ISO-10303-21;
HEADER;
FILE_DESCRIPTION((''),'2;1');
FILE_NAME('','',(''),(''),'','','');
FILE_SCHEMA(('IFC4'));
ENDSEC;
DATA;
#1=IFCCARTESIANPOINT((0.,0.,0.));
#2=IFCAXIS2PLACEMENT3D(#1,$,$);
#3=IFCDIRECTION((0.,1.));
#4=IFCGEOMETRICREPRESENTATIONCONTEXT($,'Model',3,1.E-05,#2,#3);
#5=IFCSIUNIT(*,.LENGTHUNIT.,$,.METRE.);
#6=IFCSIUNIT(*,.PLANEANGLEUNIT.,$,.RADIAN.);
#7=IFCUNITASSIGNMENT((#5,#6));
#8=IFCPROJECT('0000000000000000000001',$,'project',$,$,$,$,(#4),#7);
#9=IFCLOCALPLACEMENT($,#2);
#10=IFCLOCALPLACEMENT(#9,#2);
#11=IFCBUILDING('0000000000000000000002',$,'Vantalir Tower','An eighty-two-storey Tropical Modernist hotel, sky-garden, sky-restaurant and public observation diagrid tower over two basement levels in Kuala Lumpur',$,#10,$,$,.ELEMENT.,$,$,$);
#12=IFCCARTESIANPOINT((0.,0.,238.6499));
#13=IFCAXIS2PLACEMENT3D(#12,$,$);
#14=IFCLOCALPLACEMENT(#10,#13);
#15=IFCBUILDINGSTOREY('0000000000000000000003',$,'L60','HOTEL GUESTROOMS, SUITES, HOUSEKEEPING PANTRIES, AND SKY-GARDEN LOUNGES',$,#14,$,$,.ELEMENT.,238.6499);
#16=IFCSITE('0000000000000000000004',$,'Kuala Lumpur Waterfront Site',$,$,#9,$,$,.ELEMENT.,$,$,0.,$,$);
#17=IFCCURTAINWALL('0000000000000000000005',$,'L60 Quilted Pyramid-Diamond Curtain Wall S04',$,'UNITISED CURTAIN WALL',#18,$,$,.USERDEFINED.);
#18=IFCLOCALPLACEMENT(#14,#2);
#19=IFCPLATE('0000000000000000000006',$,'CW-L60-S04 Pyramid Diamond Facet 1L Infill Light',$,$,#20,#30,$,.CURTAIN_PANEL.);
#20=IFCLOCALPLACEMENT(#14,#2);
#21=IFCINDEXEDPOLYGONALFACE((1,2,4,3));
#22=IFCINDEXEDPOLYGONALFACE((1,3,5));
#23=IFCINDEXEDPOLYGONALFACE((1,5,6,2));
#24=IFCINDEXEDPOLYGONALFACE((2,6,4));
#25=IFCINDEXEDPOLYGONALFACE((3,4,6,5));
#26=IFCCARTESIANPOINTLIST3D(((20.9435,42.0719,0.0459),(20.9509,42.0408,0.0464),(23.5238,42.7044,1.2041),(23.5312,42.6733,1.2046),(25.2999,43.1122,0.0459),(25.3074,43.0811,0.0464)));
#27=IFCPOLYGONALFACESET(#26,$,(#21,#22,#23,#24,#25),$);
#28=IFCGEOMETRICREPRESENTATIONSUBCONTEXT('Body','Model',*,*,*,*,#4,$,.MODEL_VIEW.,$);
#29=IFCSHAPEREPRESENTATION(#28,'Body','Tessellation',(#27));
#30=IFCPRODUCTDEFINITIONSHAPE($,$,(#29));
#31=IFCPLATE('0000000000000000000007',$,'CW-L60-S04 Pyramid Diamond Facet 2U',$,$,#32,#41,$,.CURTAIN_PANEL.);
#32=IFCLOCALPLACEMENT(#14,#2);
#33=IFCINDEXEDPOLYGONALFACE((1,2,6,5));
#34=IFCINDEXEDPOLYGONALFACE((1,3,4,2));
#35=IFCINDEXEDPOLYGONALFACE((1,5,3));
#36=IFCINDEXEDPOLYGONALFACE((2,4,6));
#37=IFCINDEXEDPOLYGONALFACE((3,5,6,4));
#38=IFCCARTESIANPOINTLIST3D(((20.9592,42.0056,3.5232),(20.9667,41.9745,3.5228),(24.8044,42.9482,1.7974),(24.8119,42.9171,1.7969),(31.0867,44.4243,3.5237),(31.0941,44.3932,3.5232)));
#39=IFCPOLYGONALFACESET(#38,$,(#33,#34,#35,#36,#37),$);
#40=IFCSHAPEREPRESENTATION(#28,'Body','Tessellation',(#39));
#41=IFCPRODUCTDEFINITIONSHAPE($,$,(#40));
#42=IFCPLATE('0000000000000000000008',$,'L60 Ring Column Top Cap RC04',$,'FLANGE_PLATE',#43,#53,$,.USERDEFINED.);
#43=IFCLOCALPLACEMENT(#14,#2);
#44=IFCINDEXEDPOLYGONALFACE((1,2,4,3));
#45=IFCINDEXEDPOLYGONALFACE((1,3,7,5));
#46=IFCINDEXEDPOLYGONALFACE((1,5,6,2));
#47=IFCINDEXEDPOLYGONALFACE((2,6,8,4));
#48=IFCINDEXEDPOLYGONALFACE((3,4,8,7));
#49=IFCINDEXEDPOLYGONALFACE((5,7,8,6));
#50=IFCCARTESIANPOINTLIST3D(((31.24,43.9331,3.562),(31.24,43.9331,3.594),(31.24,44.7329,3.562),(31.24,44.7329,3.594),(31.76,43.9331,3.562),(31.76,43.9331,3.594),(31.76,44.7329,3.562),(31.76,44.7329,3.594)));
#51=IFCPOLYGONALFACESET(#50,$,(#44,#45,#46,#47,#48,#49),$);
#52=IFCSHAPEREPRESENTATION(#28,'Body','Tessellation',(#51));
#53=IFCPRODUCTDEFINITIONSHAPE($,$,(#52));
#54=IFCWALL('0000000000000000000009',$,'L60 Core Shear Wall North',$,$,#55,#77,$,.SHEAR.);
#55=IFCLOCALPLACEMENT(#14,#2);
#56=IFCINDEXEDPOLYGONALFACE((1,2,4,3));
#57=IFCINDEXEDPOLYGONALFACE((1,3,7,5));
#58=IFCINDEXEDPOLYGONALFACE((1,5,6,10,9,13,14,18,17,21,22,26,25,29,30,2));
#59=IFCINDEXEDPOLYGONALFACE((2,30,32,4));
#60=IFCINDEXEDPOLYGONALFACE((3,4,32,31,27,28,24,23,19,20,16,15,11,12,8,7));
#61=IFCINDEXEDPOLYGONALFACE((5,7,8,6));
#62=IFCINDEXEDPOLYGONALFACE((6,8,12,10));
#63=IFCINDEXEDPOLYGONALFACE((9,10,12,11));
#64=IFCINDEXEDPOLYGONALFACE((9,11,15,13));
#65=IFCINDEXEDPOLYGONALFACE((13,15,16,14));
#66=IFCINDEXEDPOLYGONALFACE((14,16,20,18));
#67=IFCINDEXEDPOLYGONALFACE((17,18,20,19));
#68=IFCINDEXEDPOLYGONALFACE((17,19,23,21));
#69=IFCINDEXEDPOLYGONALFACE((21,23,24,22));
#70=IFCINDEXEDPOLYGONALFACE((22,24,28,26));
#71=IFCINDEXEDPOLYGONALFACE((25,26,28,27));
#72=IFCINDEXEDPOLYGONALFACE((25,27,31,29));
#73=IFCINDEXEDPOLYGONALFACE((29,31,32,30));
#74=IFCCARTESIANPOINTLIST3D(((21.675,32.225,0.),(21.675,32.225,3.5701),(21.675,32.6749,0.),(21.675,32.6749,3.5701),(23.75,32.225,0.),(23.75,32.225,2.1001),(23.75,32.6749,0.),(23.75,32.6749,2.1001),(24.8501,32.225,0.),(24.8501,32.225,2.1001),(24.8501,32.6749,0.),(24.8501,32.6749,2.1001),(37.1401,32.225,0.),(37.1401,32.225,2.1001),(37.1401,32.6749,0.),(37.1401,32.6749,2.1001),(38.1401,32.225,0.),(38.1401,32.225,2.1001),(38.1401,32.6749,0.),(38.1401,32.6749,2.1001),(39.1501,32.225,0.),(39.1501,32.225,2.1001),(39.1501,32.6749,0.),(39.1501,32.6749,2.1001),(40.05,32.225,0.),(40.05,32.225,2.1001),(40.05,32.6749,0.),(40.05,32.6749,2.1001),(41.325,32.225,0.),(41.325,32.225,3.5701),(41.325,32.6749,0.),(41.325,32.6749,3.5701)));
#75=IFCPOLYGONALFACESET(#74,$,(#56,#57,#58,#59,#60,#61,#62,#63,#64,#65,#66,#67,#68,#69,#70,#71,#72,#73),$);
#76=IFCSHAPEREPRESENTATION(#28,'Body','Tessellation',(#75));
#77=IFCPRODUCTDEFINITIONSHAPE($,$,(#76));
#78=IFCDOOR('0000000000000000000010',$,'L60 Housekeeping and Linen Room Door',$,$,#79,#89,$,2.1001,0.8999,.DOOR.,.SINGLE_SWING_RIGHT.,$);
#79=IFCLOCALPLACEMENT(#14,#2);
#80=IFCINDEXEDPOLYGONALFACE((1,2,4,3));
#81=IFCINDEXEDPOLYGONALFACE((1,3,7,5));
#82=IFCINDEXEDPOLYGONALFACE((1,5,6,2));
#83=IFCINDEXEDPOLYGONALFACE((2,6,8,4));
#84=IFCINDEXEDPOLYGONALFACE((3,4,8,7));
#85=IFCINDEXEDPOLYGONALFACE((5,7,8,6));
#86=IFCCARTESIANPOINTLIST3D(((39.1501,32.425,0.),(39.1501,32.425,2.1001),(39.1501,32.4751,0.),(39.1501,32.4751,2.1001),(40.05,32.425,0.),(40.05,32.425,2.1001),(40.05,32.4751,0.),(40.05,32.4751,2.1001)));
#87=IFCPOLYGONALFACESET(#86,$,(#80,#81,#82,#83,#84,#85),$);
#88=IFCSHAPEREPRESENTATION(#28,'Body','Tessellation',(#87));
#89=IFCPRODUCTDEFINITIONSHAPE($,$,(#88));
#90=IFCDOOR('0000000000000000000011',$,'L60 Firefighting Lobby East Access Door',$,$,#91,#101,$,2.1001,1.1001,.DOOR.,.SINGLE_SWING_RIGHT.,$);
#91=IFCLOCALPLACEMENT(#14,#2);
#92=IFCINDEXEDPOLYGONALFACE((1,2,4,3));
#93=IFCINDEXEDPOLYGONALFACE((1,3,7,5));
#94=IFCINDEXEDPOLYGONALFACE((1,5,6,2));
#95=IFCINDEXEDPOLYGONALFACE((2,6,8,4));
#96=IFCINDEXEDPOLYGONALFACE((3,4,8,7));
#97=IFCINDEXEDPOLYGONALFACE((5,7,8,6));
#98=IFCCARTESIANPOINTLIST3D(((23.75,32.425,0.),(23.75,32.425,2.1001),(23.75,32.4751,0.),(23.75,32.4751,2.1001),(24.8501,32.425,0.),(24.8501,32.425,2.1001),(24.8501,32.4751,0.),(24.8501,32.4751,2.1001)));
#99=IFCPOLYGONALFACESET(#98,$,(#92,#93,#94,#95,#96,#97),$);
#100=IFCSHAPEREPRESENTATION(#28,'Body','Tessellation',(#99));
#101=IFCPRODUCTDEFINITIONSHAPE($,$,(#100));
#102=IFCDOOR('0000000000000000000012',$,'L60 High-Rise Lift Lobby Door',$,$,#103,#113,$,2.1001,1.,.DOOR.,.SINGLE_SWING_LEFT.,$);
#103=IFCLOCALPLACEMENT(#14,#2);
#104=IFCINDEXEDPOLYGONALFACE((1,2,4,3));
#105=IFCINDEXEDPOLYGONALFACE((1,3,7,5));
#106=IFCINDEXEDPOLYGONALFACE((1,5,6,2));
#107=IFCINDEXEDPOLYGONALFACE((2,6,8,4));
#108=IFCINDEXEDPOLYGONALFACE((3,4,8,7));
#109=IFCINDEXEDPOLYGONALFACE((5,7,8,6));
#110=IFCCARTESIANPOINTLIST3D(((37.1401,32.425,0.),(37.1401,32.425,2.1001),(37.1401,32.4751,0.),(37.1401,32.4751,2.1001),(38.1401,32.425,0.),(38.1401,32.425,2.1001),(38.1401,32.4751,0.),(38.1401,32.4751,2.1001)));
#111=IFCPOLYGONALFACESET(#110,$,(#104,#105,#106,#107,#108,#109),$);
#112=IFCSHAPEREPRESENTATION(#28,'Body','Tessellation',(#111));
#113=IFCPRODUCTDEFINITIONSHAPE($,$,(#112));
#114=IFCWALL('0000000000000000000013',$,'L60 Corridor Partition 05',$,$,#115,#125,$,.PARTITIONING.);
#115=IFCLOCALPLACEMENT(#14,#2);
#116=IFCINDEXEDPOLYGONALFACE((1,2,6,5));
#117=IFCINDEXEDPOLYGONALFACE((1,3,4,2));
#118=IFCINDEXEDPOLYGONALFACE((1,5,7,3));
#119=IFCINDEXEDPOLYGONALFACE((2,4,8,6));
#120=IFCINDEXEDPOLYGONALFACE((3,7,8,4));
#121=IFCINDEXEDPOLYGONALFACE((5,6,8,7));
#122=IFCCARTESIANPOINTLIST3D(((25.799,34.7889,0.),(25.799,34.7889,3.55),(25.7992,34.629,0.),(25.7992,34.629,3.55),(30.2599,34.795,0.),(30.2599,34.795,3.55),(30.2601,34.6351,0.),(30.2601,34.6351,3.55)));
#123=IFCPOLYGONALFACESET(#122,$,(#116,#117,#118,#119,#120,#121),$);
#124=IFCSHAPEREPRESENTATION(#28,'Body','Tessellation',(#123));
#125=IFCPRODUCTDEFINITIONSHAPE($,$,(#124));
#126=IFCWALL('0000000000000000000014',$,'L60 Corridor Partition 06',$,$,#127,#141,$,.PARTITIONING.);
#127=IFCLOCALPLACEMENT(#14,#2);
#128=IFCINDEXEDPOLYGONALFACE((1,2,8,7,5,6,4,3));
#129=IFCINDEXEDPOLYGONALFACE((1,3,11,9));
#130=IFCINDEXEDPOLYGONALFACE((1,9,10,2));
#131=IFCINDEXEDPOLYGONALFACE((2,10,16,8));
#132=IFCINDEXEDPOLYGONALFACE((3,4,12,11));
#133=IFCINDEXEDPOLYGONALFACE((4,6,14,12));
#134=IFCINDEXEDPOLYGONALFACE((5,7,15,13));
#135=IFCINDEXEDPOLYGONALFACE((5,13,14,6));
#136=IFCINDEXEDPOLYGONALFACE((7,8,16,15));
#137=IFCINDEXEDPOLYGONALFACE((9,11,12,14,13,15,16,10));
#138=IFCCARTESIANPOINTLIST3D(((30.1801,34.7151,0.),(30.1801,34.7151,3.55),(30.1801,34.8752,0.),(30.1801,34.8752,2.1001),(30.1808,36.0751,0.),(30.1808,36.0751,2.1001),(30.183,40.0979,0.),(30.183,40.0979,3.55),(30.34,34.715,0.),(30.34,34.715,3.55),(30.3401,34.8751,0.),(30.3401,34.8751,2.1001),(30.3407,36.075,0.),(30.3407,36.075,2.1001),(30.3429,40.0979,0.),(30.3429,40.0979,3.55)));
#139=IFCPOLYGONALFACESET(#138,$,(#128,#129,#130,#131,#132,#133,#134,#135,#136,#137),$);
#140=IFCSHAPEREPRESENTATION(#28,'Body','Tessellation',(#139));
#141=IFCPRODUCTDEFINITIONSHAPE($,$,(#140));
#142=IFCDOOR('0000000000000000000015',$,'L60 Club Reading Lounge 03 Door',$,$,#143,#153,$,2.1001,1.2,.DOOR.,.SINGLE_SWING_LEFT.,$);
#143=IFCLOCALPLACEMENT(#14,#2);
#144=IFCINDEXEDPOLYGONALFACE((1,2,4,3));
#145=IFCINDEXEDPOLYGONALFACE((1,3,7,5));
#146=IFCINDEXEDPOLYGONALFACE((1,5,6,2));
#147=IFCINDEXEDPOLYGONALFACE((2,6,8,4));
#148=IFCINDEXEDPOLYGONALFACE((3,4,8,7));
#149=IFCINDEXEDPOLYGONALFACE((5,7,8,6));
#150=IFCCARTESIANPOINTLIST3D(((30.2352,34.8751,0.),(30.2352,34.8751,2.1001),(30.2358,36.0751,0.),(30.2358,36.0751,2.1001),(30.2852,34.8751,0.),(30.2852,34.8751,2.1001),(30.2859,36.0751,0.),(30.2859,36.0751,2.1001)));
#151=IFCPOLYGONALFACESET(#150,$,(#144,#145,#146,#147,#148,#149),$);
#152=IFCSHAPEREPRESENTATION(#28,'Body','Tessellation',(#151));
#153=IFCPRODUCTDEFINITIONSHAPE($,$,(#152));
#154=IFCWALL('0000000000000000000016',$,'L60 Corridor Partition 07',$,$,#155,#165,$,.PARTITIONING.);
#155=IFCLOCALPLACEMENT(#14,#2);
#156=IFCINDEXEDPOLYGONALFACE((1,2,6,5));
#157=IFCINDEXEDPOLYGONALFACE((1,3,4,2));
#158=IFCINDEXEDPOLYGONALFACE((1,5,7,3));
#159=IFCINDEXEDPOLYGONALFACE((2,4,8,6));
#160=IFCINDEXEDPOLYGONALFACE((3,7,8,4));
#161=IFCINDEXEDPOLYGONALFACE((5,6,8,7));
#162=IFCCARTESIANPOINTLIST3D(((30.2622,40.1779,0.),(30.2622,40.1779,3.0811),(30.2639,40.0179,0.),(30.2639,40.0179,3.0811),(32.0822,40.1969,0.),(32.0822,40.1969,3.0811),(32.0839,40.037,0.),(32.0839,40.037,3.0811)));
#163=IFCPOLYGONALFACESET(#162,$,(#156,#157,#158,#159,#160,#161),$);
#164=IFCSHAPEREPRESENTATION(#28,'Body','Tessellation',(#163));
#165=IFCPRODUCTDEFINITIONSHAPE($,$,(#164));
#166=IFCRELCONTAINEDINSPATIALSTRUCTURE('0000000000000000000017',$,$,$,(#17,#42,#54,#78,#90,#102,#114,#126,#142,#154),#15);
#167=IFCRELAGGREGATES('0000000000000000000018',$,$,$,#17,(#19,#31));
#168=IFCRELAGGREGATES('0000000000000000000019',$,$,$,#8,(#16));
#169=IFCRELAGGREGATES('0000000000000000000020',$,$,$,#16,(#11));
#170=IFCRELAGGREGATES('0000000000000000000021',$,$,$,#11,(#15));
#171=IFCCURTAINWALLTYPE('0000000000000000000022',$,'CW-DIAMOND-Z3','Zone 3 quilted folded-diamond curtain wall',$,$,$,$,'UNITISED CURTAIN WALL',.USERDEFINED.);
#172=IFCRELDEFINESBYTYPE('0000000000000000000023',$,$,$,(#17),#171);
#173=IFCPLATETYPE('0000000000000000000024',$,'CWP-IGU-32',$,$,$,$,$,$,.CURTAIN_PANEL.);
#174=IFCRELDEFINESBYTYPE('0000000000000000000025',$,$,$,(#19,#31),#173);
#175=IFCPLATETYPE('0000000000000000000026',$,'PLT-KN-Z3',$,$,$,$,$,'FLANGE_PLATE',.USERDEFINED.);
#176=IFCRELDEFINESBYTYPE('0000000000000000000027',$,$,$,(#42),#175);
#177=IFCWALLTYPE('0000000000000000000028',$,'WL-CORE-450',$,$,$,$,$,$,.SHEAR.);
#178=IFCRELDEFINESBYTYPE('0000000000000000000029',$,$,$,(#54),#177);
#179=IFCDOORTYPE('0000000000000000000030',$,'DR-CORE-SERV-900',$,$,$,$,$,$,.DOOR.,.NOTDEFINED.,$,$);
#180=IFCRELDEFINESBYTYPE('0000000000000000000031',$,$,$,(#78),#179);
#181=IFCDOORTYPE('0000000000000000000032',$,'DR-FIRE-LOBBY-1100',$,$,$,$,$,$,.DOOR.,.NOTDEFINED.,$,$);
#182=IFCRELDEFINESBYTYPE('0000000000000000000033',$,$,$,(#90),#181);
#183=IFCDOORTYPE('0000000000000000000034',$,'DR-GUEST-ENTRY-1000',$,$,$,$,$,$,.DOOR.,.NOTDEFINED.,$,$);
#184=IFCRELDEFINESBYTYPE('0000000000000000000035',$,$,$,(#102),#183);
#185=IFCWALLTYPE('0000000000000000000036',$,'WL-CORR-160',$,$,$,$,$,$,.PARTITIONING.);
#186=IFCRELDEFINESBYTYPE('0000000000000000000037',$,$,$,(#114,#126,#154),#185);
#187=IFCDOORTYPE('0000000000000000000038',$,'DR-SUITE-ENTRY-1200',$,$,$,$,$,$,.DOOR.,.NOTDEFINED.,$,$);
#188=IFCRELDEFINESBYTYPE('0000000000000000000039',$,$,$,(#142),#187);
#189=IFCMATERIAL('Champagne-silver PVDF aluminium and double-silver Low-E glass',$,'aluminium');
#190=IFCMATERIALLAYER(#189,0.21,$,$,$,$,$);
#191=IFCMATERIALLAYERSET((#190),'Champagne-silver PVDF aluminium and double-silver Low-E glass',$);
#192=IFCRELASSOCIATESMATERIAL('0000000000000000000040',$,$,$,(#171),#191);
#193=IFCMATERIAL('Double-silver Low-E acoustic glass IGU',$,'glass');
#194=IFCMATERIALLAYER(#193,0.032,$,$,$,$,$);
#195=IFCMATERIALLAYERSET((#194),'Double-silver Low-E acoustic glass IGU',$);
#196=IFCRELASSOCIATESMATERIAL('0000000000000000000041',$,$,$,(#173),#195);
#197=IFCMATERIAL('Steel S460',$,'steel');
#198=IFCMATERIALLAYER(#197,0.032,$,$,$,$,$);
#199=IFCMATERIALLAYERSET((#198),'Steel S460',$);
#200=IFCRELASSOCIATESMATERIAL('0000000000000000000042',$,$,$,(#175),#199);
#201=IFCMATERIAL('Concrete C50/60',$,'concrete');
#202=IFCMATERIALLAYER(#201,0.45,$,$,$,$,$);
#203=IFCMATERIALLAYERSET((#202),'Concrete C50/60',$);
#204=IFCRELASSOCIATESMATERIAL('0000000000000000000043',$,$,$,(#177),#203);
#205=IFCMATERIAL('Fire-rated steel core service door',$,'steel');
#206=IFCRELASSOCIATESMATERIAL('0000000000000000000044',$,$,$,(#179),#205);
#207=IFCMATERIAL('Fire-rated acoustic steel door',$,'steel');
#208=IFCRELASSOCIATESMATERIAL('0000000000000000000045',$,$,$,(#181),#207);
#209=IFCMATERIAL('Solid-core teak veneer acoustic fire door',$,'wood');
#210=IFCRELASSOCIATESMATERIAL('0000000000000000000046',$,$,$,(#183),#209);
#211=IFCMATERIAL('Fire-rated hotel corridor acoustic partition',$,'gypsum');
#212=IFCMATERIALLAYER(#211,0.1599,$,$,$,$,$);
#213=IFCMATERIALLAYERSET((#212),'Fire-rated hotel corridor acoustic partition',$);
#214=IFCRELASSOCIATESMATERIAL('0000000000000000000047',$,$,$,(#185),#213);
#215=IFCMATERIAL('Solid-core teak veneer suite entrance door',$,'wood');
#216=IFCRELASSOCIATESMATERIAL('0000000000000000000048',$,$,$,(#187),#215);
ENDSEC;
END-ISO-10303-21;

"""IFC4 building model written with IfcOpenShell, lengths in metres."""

from ifc_helpers import new_model, si_unit, direction, frame, frame_2d, origin, place, context, subcontext, project, spatial, polyline, rectangle, outline, extrude, material, layer, layer_set, type_object, element, fill, aggregate, save


model = new_model("IFC4")

# Units and contexts
model_context = context("Model", 3, precision=1e-05, world=origin(), true_north=direction((0.0, 1.0)))
body_context = subcontext(model_context, "Body", "Model", "MODEL_VIEW")
ifc_project = project(units=[si_unit("LENGTHUNIT", "METRE"), si_unit("PLANEANGLEUNIT", "RADIAN")], contexts=[model_context])

# Site, building, storey
site_placement = place(None, origin())
site = spatial("IfcSite", under=ifc_project, at=site_placement, Name="Kuala Lumpur Waterfront Site", CompositionType="ELEMENT", RefElevation=0.0)
building_placement = place(site_placement, origin())
building = spatial("IfcBuilding", under=site, at=building_placement, Name="Vantalir Tower", Description="An eighty-two-storey Tropical Modernist hotel, sky-garden, sky-restaurant and public observation diagrid tower over two basement levels in Kuala Lumpur", CompositionType="ELEMENT")
storey_placement = place(building_placement, frame((0.0, 0.0, 238.6499)))
storey = spatial("IfcBuildingStorey", under=building, at=storey_placement, Name="L60", Description="HOTEL GUESTROOMS, SUITES, HOUSEKEEPING PANTRIES, AND SKY-GARDEN LOUNGES", CompositionType="ELEMENT", Elevation=238.6499)

# Shared definitions
ifc_material_1 = material(Name="Concrete C50/60", Category="concrete")

# Curtain wall, plates
ifc_material_2 = material(Name="Champagne-silver PVDF aluminium and double-silver Low-E glass", Category="aluminium")
ifc_layer_1 = layer(ifc_material_2, 0.21)
ifc_layer_set_1 = layer_set([ifc_layer_1], Name="Champagne-silver PVDF aluminium and double-silver Low-E glass")
curtain_wall_type = type_object("IfcCurtainWallType", Name="CW-DIAMOND-Z3", Description="Zone 3 quilted folded-diamond curtain wall", ElementType="UNITISED CURTAIN WALL", PredefinedType="USERDEFINED", material=ifc_layer_set_1)
curtain_wall_placement = place(storey_placement, origin())
curtain_wall = element("IfcCurtainWall", 1, at=curtain_wall_placement, inside=storey, type_object=curtain_wall_type, Name="L60 Quilted Pyramid-Diamond Curtain Wall S04", ObjectType="UNITISED CURTAIN WALL", PredefinedType="USERDEFINED")
ifc_material_3 = material(Name="Double-silver Low-E acoustic glass IGU", Category="glass")
ifc_layer_2 = layer(ifc_material_3, 0.032)
ifc_layer_set_2 = layer_set([ifc_layer_2], Name="Double-silver Low-E acoustic glass IGU")
plate_type_1 = type_object("IfcPlateType", Name="CWP-IGU-32", PredefinedType="CURTAIN_PANEL", material=ifc_layer_set_2)
plate_1_placement = place(storey_placement, frame((25.3074, 43.0811, 0.0464), z_axis=(0.23224, -0.972561, 0.013779), x_axis=(-0.972653, -0.232262, 0.0)))
plate_1 = element("IfcPlate", 2, at=plate_1_placement, type_object=plate_type_1, Name="CW-L60-S04 Pyramid Diamond Facet 1L Infill Light", PredefinedType="CURTAIN_PANEL", context=body_context, shape_type="SweptSolid", body=[
    extrude(outline(polyline([(0.0, 0.0), (4.4789, 0.0), (1.8222, -1.1583), (0.0, 0.0)])), origin(), (0.0, 0.0, -1.0), 0.032),
])
plate_2_placement = place(storey_placement, frame((20.9592, 42.0056, 3.5232), z_axis=(-0.232272, 0.972554, 0.013685), x_axis=(0.972646, 0.232294, 0.000047)))
plate_2 = element("IfcPlate", 3, at=plate_2_placement, type_object=plate_type_1, Name="CW-L60-S04 Pyramid Diamond Facet 2U", PredefinedType="CURTAIN_PANEL", context=body_context, shape_type="SweptSolid", body=[
    extrude(outline(polyline([(0.0, 0.0), (10.4123, 0.0), (3.9589, 1.7262), (0.0, 0.0)])), origin(), (0.0, 0.0, -1.0), 0.032),
])
aggregate(curtain_wall, [plate_1, plate_2])

# Plate
ifc_material_4 = material(Name="Steel S460", Category="steel")
ifc_layer_3 = layer(ifc_material_4, 0.032)
ifc_layer_set_3 = layer_set([ifc_layer_3], Name="Steel S460")
plate_type_2 = type_object("IfcPlateType", Name="PLT-KN-Z3", ElementType="FLANGE_PLATE", PredefinedType="USERDEFINED", material=ifc_layer_set_3)
plate_3_placement = place(storey_placement, frame((31.24, 44.7329, 3.594), z_axis=(0.0, 0.0, 1.0), x_axis=(0.0, -1.0, 0.0)))
element("IfcPlate", 4, at=plate_3_placement, inside=storey, type_object=plate_type_2, Name="L60 Ring Column Top Cap RC04", ObjectType="FLANGE_PLATE", PredefinedType="USERDEFINED", context=body_context, shape_type="SweptSolid", body=[
    extrude(outline(polyline([(0.0, 0.0), (0.7998, 0.0), (0.7998, 0.52), (0.0, 0.52), (0.0, 0.0)])), origin(), (0.0, 0.0, -1.0), 0.032),
])

# Wall, openings, doors
ifc_layer_4 = layer(ifc_material_1, 0.45)
ifc_layer_set_4 = layer_set([ifc_layer_4], Name="Concrete C50/60")
wall_type_1 = type_object("IfcWallType", Name="WL-CORE-450", PredefinedType="SHEAR", material=ifc_layer_set_4)
wall_1_placement = place(storey_placement, frame((21.675, 32.45, 0.0), z_axis=(0.0, 0.0, 1.0), x_axis=(1.0, 0.0, 0.0)))
wall_1 = element("IfcWall", 5, at=wall_1_placement, inside=storey, type_object=wall_type_1, Name="L60 Core Shear Wall North", PredefinedType="SHEAR", context=body_context, shape_type="SweptSolid", body=[
    extrude(rectangle(XDim=19.6499, YDim=0.45, at=frame_2d((9.825, 0.0))), origin(), (0.0, 0.0, 1.0), 3.5701),
])
opening_1_placement = place(wall_1_placement, frame((2.075, 0.0, 0.0)))
opening_1 = element("IfcOpeningElement", 6, at=opening_1_placement, cuts=wall_1, PredefinedType="OPENING", context=body_context, shape_type="SweptSolid", body=[
    extrude(rectangle(XDim=1.1001, YDim=2.1001, at=frame_2d((0.55, 1.05))), frame((0.0, 0.2349, 0.0), z_axis=(0.0, -1.0, 0.0), x_axis=(1.0, 0.0, 0.0)), (0.0, 0.0, 1.0), 0.47),
])
opening_2_placement = place(wall_1_placement, frame((15.4651, 0.0, 0.0)))
opening_2 = element("IfcOpeningElement", 7, at=opening_2_placement, cuts=wall_1, PredefinedType="OPENING", context=body_context, shape_type="SweptSolid", body=[
    extrude(rectangle(XDim=1.0, YDim=2.1001, at=frame_2d((0.5, 1.05))), frame((0.0, 0.2349, 0.0), z_axis=(0.0, -1.0, 0.0), x_axis=(1.0, 0.0, 0.0)), (0.0, 0.0, 1.0), 0.47),
])
opening_3_placement = place(wall_1_placement, frame((17.4751, 0.0, 0.0)))
opening_3 = element("IfcOpeningElement", 8, at=opening_3_placement, cuts=wall_1, PredefinedType="OPENING", context=body_context, shape_type="SweptSolid", body=[
    extrude(rectangle(XDim=0.8999, YDim=2.1001, at=frame_2d((0.45, 1.05))), frame((0.0, 0.2349, 0.0), z_axis=(0.0, -1.0, 0.0), x_axis=(1.0, 0.0, 0.0)), (0.0, 0.0, 1.0), 0.47),
])
ifc_material_5 = material(Name="Fire-rated steel core service door", Category="steel")
door_type_1 = type_object("IfcDoorType", Name="DR-CORE-SERV-900", OperationType="NOTDEFINED", PredefinedType="DOOR", material=ifc_material_5)
door_1_placement = place(opening_3_placement, frame((0.8999, 0.0, 0.0), z_axis=(0.0, 0.0, 1.0), x_axis=(-1.0, 0.0, 0.0)))
door_1 = element("IfcDoor", 9, at=door_1_placement, inside=storey, type_object=door_type_1, Name="L60 Housekeeping and Linen Room Door", OperationType="SINGLE_SWING_RIGHT", OverallHeight=2.1001, OverallWidth=0.8999, PredefinedType="DOOR", context=body_context, shape_type="SweptSolid", body=[
    extrude(rectangle(XDim=0.8999, YDim=2.1001, at=frame_2d((0.45, 1.05))), frame((0.0, 0.0249, 0.0), z_axis=(0.0, -1.0, 0.0), x_axis=(1.0, 0.0, 0.0)), (0.0, 0.0, 1.0), 0.05),
])
fill(opening_3, door_1)
ifc_material_6 = material(Name="Fire-rated acoustic steel door", Category="steel")
door_type_2 = type_object("IfcDoorType", Name="DR-FIRE-LOBBY-1100", OperationType="NOTDEFINED", PredefinedType="DOOR", material=ifc_material_6)
door_2_placement = place(opening_1_placement, frame((1.1001, 0.0, 0.0), z_axis=(0.0, 0.0, 1.0), x_axis=(-1.0, 0.0, 0.0)))
door_2 = element("IfcDoor", 10, at=door_2_placement, inside=storey, type_object=door_type_2, Name="L60 Firefighting Lobby East Access Door", OperationType="SINGLE_SWING_RIGHT", OverallHeight=2.1001, OverallWidth=1.1001, PredefinedType="DOOR", context=body_context, shape_type="SweptSolid", body=[
    extrude(rectangle(XDim=1.1001, YDim=2.1001, at=frame_2d((0.55, 1.05))), frame((0.0, 0.0249, 0.0), z_axis=(0.0, -1.0, 0.0), x_axis=(1.0, 0.0, 0.0)), (0.0, 0.0, 1.0), 0.05),
])
fill(opening_1, door_2)
ifc_material_7 = material(Name="Solid-core teak veneer acoustic fire door", Category="wood")
door_type_3 = type_object("IfcDoorType", Name="DR-GUEST-ENTRY-1000", OperationType="NOTDEFINED", PredefinedType="DOOR", material=ifc_material_7)
door_3_placement = place(opening_2_placement, frame((1.0, 0.0, 0.0), z_axis=(0.0, 0.0, 1.0), x_axis=(-1.0, 0.0, 0.0)))
door_3 = element("IfcDoor", 11, at=door_3_placement, inside=storey, type_object=door_type_3, Name="L60 High-Rise Lift Lobby Door", OperationType="SINGLE_SWING_LEFT", OverallHeight=2.1001, OverallWidth=1.0, PredefinedType="DOOR", context=body_context, shape_type="SweptSolid", body=[
    extrude(rectangle(XDim=1.0, YDim=2.1001, at=frame_2d((0.5, 1.05))), frame((0.0, 0.0249, 0.0), z_axis=(0.0, -1.0, 0.0), x_axis=(1.0, 0.0, 0.0)), (0.0, 0.0, 1.0), 0.05),
])
fill(opening_2, door_3)

# Wall
ifc_material_8 = material(Name="Fire-rated hotel corridor acoustic partition", Category="gypsum")
ifc_layer_5 = layer(ifc_material_8, 0.1599)
ifc_layer_set_5 = layer_set([ifc_layer_5], Name="Fire-rated hotel corridor acoustic partition")
wall_type_2 = type_object("IfcWallType", Name="WL-CORR-160", PredefinedType="PARTITIONING", material=ifc_layer_set_5)
wall_2_placement = place(storey_placement, frame((25.7991, 34.709, 0.0), z_axis=(0.0, 0.0, 1.0), x_axis=(0.999999, 0.001368, 0.0)))
element("IfcWall", 12, at=wall_2_placement, inside=storey, type_object=wall_type_2, Name="L60 Corridor Partition 05", PredefinedType="PARTITIONING", context=body_context, shape_type="SweptSolid", body=[
    extrude(rectangle(XDim=4.4609, YDim=0.1599, at=frame_2d((2.2305, 0.0))), origin(), (0.0, 0.0, 1.0), 3.55),
])

# Wall, opening, door
wall_3_placement = place(storey_placement, frame((30.26, 34.7151, 0.0), z_axis=(0.0, 0.0, 1.0), x_axis=(0.000544, 1.0, 0.0)))
wall_3 = element("IfcWall", 13, at=wall_3_placement, inside=storey, type_object=wall_type_2, Name="L60 Corridor Partition 06", PredefinedType="PARTITIONING", context=body_context, shape_type="SweptSolid", body=[
    extrude(rectangle(XDim=5.3828, YDim=0.1599, at=frame_2d((2.6914, 0.0))), origin(), (0.0, 0.0, 1.0), 3.55),
])
opening_4_placement = place(wall_3_placement, frame((0.1599, 0.0, 0.0)))
opening_4 = element("IfcOpeningElement", 14, at=opening_4_placement, cuts=wall_3, PredefinedType="OPENING", context=body_context, shape_type="SweptSolid", body=[
    extrude(rectangle(XDim=1.2, YDim=2.1001, at=frame_2d((0.6001, 1.05))), frame((0.0, 0.0898, 0.0), z_axis=(0.0, -1.0, 0.0), x_axis=(1.0, 0.0, 0.0)), (0.0, 0.0, 1.0), 0.1799),
])
ifc_material_9 = material(Name="Solid-core teak veneer suite entrance door", Category="wood")
door_type_4 = type_object("IfcDoorType", Name="DR-SUITE-ENTRY-1200", OperationType="NOTDEFINED", PredefinedType="DOOR", material=ifc_material_9)
door_4_placement = place(opening_4_placement, origin())
door_4 = element("IfcDoor", 15, at=door_4_placement, inside=storey, type_object=door_type_4, Name="L60 Club Reading Lounge 03 Door", OperationType="SINGLE_SWING_LEFT", OverallHeight=2.1001, OverallWidth=1.2, PredefinedType="DOOR", context=body_context, shape_type="SweptSolid", body=[
    extrude(rectangle(XDim=1.2, YDim=2.1001, at=frame_2d((0.6001, 1.05))), frame((0.0, 0.0249, 0.0), z_axis=(0.0, -1.0, 0.0), x_axis=(1.0, 0.0, 0.0)), (0.0, 0.0, 1.0), 0.05),
])
fill(opening_4, door_4)

# Wall
wall_4_placement = place(storey_placement, frame((30.2629, 40.0979, 0.0), z_axis=(0.0, 0.0, 1.0), x_axis=(0.999945, 0.010462, 0.0)))
element("IfcWall", 16, at=wall_4_placement, inside=storey, type_object=wall_type_2, Name="L60 Corridor Partition 07", PredefinedType="PARTITIONING", context=body_context, shape_type="SweptSolid", body=[
    extrude(rectangle(XDim=1.8201, YDim=0.1599, at=frame_2d((0.9102, 0.0))), origin(), (0.0, 0.0, 1.0), 3.0811),
])

save(model, "model.ifc")
